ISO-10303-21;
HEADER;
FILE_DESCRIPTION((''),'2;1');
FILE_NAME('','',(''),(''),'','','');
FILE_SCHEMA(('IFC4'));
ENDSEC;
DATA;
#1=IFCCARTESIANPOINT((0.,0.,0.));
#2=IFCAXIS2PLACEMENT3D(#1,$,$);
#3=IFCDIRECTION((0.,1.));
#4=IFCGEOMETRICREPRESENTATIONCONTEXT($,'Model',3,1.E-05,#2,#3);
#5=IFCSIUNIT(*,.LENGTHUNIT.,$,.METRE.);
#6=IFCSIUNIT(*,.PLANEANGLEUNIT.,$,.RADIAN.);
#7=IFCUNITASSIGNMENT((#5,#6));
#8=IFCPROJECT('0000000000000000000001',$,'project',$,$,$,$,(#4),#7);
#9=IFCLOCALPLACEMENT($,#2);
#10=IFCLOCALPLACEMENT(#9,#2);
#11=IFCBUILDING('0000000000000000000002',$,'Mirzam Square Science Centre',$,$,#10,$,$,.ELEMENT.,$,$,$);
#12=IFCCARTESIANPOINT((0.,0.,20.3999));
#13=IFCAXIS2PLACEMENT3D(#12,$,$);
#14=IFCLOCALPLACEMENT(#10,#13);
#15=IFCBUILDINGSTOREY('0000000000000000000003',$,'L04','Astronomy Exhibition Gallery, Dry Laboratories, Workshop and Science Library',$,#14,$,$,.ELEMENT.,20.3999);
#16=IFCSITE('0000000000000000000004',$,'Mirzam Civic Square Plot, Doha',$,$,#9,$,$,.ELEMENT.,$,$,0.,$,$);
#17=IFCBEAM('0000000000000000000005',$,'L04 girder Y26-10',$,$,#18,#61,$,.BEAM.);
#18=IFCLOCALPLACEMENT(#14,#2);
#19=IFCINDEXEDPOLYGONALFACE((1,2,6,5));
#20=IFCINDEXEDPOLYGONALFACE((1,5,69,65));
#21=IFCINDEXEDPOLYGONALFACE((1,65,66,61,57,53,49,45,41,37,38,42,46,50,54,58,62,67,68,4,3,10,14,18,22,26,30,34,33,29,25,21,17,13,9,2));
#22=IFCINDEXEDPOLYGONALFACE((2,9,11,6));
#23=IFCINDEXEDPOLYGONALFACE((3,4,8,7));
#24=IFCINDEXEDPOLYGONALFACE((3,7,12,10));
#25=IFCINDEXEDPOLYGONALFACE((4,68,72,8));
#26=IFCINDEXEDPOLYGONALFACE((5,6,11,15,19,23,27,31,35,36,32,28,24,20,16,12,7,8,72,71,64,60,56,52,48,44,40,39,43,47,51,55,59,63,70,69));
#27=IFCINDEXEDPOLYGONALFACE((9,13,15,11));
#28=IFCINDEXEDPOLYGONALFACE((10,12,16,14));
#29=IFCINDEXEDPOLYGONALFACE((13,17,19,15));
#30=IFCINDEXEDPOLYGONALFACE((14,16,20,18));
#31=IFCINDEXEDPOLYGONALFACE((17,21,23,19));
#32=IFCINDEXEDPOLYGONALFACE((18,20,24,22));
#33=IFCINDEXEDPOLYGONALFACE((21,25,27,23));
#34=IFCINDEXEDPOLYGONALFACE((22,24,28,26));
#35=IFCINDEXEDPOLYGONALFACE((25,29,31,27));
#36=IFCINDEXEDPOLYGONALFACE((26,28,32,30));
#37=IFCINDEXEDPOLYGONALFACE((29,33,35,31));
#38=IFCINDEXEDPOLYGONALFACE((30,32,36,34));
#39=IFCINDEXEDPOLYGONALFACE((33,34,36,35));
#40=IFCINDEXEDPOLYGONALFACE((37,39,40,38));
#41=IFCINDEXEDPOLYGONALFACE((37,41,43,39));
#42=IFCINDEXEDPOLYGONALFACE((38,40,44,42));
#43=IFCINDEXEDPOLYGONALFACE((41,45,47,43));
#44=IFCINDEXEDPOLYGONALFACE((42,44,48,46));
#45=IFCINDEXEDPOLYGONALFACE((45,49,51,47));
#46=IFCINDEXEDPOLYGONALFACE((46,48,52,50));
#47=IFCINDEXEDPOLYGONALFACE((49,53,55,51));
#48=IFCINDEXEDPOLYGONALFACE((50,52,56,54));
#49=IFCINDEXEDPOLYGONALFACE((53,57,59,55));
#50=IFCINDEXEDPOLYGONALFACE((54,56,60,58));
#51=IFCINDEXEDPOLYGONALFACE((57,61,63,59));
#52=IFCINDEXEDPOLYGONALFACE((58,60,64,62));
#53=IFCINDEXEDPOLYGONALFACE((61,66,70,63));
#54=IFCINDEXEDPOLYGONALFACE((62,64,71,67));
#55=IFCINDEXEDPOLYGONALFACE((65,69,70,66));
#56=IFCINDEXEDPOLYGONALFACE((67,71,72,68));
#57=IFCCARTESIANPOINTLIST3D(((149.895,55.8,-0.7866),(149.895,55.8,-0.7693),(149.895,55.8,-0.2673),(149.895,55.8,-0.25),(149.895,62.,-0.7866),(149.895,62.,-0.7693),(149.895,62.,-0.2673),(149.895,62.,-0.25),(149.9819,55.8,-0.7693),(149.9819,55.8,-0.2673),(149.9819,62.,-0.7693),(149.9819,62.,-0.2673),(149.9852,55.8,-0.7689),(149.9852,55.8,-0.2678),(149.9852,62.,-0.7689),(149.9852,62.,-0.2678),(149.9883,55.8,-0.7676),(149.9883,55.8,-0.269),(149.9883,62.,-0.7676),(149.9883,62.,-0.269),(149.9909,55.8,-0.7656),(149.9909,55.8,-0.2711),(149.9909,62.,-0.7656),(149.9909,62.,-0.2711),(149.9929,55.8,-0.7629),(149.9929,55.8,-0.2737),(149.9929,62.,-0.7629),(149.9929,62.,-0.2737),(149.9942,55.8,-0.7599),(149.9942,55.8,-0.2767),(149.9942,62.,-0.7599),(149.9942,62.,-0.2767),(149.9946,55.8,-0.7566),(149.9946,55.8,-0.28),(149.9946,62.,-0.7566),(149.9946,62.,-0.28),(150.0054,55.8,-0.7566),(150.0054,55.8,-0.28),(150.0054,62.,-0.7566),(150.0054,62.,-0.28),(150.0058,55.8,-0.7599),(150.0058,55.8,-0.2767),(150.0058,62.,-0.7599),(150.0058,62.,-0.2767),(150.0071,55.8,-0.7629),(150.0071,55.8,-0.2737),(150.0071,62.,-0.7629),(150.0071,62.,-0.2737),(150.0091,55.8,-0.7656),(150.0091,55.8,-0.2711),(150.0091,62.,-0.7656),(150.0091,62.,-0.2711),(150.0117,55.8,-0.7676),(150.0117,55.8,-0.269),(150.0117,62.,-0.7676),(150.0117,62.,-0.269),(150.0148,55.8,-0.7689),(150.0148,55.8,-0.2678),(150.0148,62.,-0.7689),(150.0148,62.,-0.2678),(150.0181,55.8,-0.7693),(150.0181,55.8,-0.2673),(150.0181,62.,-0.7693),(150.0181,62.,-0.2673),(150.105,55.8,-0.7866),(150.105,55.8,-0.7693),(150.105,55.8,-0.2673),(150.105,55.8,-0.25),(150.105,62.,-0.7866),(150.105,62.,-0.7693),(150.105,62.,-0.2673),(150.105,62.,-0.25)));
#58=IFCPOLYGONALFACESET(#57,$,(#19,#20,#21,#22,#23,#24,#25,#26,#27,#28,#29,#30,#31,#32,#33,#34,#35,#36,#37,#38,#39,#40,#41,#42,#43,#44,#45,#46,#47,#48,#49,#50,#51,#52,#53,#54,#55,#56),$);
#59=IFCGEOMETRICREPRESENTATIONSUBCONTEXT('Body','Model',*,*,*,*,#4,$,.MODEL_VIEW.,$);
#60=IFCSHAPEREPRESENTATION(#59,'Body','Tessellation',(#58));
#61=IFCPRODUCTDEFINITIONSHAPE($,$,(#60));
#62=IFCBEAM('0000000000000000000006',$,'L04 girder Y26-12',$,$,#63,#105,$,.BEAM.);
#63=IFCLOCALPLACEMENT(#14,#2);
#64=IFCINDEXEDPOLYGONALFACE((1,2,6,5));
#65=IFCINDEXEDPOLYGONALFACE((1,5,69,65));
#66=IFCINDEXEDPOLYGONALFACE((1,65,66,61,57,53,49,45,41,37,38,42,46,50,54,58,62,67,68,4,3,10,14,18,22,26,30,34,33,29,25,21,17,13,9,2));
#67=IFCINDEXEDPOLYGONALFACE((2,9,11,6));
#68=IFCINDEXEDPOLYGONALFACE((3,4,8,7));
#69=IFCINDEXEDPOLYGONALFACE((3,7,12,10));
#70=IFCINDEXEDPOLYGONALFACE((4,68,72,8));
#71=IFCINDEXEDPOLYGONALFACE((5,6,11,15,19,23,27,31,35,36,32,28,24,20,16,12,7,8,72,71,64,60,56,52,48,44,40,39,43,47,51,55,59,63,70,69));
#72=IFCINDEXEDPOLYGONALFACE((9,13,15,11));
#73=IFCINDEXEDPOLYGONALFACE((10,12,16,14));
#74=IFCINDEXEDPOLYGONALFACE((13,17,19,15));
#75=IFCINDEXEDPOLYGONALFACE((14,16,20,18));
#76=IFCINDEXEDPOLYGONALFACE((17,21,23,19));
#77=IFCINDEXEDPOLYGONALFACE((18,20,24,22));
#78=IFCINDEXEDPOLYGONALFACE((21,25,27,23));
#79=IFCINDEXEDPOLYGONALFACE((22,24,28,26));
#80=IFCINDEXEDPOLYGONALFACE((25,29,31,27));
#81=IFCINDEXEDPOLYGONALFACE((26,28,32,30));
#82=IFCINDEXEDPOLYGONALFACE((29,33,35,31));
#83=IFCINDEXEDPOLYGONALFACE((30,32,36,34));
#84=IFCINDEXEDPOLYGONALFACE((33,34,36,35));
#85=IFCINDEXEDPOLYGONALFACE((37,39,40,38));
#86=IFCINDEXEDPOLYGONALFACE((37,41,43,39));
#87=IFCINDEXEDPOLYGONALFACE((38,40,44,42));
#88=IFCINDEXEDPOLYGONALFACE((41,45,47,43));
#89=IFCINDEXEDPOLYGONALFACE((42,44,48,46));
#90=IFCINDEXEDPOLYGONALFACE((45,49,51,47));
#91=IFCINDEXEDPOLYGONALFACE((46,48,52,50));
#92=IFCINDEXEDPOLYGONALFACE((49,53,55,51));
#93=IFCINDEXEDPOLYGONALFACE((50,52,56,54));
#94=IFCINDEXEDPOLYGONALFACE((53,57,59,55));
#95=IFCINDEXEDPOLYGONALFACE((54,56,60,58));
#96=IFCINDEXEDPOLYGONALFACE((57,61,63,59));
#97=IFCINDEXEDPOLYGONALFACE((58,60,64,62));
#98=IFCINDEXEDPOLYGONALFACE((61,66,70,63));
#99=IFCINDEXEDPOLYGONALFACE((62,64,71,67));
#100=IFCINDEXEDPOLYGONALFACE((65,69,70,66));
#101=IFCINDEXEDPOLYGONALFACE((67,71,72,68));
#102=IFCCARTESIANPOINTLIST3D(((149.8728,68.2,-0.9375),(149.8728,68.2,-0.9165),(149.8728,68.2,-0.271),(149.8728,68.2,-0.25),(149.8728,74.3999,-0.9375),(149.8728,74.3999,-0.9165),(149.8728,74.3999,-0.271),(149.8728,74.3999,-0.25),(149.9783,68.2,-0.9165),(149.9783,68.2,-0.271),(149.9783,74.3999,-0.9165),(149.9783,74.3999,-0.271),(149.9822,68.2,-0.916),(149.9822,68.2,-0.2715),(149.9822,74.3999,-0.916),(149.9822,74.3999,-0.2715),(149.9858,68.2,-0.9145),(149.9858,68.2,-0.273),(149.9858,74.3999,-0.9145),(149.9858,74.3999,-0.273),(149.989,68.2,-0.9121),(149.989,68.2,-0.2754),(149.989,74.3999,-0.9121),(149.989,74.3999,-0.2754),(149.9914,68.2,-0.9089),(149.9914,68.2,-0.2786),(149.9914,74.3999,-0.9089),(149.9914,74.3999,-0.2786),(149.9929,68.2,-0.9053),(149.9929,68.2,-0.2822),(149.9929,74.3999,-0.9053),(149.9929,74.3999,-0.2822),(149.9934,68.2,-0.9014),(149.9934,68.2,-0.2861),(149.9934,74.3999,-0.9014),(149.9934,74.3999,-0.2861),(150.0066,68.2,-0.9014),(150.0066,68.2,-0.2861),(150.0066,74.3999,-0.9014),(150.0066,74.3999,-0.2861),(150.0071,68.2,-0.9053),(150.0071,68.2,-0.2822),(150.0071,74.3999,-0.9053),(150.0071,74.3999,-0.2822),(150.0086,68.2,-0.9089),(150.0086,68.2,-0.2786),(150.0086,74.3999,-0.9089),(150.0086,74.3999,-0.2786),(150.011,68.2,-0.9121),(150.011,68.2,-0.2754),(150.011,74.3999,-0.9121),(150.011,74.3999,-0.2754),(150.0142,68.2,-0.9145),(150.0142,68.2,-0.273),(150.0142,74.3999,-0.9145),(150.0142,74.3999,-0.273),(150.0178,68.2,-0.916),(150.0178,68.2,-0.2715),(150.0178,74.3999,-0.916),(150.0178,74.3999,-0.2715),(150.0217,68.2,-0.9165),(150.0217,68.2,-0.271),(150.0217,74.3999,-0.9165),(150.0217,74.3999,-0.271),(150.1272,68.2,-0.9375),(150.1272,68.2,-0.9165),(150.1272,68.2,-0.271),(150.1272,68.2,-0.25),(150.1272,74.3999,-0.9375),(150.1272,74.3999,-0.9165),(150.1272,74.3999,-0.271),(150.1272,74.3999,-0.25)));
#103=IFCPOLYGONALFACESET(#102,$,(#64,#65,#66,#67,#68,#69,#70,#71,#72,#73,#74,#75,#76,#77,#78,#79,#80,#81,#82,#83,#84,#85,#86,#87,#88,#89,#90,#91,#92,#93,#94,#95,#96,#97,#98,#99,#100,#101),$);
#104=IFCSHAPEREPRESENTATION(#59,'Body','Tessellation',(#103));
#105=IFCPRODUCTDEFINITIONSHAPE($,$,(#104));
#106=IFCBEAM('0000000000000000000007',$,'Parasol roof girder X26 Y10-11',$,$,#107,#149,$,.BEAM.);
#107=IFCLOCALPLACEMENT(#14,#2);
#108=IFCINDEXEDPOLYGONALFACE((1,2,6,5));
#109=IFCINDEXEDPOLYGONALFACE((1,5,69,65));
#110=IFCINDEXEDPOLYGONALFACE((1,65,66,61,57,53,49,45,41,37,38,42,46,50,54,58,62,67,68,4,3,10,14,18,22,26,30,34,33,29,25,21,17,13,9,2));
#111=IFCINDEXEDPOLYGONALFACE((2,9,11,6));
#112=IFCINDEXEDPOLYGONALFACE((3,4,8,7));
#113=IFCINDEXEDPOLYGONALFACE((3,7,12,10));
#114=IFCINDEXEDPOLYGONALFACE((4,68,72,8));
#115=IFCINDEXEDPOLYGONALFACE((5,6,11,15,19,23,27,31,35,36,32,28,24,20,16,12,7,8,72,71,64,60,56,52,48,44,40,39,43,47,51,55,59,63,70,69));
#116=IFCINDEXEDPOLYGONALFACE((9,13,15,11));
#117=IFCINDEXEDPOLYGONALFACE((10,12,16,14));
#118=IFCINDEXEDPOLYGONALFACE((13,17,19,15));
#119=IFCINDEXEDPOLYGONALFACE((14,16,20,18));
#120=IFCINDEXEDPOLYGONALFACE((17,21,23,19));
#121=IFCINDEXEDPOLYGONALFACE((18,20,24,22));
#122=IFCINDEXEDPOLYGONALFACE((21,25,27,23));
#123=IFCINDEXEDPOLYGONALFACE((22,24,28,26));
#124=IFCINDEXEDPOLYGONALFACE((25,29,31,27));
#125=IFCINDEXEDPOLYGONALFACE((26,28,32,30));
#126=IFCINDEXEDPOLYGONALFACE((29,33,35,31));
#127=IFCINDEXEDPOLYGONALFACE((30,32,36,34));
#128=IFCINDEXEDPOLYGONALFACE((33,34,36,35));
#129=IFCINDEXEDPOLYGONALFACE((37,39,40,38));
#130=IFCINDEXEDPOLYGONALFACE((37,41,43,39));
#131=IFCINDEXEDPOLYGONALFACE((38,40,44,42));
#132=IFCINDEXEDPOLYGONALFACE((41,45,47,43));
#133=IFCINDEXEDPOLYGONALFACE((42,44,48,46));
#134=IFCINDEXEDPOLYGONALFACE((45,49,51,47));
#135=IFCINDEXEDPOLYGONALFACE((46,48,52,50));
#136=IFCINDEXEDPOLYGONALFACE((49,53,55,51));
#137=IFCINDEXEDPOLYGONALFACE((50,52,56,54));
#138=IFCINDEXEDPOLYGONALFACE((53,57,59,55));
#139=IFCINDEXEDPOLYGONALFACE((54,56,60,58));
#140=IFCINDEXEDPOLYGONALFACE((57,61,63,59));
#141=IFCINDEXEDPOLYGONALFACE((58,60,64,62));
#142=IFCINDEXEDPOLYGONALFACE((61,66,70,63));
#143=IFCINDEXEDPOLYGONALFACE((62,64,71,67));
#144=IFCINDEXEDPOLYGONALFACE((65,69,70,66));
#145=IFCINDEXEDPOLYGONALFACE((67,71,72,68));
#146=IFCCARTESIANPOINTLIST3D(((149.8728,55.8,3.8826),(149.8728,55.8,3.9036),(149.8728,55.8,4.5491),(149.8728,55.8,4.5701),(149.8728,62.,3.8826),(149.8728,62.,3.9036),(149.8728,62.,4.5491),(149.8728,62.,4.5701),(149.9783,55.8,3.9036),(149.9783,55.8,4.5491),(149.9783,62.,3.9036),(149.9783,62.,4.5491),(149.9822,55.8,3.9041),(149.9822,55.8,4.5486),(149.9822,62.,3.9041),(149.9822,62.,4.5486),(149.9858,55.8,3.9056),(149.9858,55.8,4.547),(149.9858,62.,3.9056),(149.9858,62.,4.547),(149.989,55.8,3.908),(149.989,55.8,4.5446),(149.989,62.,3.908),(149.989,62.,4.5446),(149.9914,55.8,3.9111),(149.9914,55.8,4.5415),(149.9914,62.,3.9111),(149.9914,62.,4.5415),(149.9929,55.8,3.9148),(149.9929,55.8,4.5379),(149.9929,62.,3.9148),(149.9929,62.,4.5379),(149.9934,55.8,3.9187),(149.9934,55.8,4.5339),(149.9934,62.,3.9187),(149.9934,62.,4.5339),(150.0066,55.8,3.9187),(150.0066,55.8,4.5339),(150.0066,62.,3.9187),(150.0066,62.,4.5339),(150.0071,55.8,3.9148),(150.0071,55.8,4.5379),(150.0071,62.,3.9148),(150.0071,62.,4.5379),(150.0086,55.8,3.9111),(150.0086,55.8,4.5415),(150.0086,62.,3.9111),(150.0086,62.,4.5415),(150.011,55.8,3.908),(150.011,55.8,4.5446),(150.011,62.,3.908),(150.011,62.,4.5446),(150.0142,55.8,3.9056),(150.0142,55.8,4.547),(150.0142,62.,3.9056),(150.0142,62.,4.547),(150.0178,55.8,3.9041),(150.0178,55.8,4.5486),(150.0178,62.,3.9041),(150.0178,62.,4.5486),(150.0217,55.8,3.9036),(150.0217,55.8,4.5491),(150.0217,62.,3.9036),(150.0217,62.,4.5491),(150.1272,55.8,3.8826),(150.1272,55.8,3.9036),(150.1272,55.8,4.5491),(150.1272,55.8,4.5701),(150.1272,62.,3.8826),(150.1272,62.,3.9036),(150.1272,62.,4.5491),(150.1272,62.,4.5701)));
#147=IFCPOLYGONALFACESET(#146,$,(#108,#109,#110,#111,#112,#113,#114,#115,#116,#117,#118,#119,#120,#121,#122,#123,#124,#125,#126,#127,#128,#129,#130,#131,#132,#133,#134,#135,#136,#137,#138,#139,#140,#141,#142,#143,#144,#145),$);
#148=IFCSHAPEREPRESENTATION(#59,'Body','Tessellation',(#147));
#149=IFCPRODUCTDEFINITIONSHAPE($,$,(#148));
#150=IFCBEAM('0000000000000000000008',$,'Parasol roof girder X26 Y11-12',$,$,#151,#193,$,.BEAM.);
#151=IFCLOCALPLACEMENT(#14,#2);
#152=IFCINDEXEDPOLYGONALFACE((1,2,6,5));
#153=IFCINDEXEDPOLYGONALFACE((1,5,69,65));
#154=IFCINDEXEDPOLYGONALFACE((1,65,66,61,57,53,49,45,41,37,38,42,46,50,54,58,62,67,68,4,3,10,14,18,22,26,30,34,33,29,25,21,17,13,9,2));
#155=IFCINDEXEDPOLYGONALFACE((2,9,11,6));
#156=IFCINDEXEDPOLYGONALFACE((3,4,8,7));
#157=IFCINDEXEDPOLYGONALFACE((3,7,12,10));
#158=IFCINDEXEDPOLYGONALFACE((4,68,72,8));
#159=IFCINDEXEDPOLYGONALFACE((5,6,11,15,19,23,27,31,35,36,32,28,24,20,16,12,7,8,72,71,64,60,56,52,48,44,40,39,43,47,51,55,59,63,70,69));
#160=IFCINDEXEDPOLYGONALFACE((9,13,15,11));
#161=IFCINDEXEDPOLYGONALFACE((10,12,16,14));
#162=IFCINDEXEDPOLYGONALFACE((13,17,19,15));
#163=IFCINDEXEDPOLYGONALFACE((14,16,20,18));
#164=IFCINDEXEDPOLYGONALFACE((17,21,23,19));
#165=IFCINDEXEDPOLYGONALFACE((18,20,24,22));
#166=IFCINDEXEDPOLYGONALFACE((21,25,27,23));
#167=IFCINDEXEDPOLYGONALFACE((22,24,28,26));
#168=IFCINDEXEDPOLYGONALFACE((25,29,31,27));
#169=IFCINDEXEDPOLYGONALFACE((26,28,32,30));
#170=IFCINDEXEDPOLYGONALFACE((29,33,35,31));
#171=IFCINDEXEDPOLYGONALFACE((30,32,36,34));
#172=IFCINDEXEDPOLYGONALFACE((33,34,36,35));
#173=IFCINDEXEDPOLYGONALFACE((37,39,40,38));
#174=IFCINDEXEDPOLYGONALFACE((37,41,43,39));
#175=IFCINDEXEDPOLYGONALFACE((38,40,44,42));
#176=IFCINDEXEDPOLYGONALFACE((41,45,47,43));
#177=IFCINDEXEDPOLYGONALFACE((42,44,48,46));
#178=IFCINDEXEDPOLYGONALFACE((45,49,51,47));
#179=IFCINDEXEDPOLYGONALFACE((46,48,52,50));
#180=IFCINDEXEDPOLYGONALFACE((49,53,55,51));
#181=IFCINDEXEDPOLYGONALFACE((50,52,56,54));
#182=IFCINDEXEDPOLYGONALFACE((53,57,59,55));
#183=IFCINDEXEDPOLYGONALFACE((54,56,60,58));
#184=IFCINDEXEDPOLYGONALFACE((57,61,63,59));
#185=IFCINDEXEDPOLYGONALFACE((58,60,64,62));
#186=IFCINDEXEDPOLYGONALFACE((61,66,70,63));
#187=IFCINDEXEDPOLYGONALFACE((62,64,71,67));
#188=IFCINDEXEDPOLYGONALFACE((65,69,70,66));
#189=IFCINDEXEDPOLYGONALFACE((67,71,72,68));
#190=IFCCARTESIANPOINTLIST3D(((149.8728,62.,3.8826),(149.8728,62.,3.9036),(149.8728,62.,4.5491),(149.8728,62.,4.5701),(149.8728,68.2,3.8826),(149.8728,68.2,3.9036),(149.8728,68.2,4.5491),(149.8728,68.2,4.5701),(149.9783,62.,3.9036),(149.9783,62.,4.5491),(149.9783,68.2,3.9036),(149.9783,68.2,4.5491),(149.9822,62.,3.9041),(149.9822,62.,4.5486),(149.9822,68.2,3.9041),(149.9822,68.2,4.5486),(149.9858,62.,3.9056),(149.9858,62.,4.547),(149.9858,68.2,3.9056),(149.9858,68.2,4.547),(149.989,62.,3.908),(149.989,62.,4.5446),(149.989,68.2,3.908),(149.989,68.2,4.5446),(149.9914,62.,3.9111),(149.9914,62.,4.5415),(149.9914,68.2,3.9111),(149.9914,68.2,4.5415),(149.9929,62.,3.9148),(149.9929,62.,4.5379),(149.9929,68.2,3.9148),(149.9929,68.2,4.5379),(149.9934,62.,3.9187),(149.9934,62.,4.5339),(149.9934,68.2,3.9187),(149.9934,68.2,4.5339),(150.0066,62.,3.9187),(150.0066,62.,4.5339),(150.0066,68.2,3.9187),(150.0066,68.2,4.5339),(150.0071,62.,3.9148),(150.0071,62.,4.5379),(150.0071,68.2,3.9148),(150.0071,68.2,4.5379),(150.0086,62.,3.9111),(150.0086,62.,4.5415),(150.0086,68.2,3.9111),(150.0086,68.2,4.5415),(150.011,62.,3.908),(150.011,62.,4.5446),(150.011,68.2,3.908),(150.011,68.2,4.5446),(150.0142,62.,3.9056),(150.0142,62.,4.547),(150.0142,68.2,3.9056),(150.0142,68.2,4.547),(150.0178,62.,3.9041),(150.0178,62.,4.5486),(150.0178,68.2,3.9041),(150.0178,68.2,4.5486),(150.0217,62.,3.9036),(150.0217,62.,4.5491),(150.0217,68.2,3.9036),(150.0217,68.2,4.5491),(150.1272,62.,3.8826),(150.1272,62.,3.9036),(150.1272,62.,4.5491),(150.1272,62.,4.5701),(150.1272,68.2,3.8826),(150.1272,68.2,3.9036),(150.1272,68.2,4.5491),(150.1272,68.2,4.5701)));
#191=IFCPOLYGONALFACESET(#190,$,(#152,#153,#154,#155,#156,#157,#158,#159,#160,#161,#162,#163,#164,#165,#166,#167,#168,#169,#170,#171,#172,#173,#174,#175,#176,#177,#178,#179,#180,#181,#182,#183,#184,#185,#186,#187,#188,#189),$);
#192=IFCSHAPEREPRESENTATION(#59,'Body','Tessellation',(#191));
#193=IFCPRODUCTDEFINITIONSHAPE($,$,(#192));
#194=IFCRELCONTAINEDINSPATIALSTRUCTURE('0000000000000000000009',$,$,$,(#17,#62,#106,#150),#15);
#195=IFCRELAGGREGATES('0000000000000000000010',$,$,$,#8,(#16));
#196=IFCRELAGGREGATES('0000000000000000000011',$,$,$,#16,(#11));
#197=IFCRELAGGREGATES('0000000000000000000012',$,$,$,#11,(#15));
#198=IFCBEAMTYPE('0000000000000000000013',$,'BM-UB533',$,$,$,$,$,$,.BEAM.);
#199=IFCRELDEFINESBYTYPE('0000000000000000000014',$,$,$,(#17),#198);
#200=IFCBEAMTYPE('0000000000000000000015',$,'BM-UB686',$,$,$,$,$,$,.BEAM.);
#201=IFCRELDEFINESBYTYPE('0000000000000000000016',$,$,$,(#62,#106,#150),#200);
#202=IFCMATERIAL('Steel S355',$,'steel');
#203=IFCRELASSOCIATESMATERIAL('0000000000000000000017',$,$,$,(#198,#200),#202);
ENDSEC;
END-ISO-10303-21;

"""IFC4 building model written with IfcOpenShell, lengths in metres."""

from ifc_helpers import new_model, si_unit, direction, frame, origin, origin_2d, place, context, subcontext, project, spatial, i_section, extrude, material, material_profile, profile_set, type_object, element, save


model = new_model("IFC4")

# Units and contexts
model_context = context("Model", 3, precision=1e-05, world=origin(), true_north=direction((0.0, 1.0)))
body_context = subcontext(model_context, "Body", "Model", "MODEL_VIEW")
ifc_project = project(units=[si_unit("LENGTHUNIT", "METRE"), si_unit("PLANEANGLEUNIT", "RADIAN")], contexts=[model_context])

# Site, building, storey
site_placement = place(None, origin())
site = spatial("IfcSite", under=ifc_project, at=site_placement, Name="Mirzam Civic Square Plot, Doha", CompositionType="ELEMENT", RefElevation=0.0)
building_placement = place(site_placement, origin())
building = spatial("IfcBuilding", under=site, at=building_placement, Name="Mirzam Square Science Centre", CompositionType="ELEMENT")
storey_placement = place(building_placement, frame((0.0, 0.0, 20.3999)))
storey = spatial("IfcBuildingStorey", under=building, at=storey_placement, Name="L04", Description="Astronomy Exhibition Gallery, Dry Laboratories, Workshop and Science Library", CompositionType="ELEMENT", Elevation=20.3999)

# Shared definitions
ifc_material_1 = material(Name="Steel S355", Category="steel")

# Beams
ifc_material_profile_1 = material_profile(ifc_material_1, i_section(OverallWidth=0.21, OverallDepth=0.5366, WebThickness=0.0107, FlangeThickness=0.0173, FilletRadius=0.0127, at=origin_2d()), Name="533x210x101UB")
ifc_profile_set_1 = profile_set([ifc_material_profile_1], Name="Steel S355")
beam_type_1 = type_object("IfcBeamType", Name="BM-UB533", PredefinedType="BEAM", material=ifc_profile_set_1)
beam_1_placement = place(storey_placement, frame((150.0, 55.8, -0.5183), z_axis=(0.0, 1.0, 0.0), x_axis=(-1.0, 0.0, 0.0)))
element("IfcBeam", 1, at=beam_1_placement, inside=storey, type_object=beam_type_1, Name="L04 girder Y26-10", PredefinedType="BEAM", context=body_context, shape_type="SweptSolid", body=[
    extrude(i_section(OverallWidth=0.21, OverallDepth=0.5366, WebThickness=0.0107, FlangeThickness=0.0173, FilletRadius=0.0127, at=origin_2d()), origin(), (0.0, 0.0, 1.0), 6.2),
])
ifc_material_profile_2 = material_profile(ifc_material_1, i_section(OverallWidth=0.2544, OverallDepth=0.6875, WebThickness=0.0132, FlangeThickness=0.021, FilletRadius=0.0151, at=origin_2d()), Name="686x254x152UB")
ifc_profile_set_2 = profile_set([ifc_material_profile_2], Name="Steel S355")
beam_type_2 = type_object("IfcBeamType", Name="BM-UB686", PredefinedType="BEAM", material=ifc_profile_set_2)
for number, where, z_axis, x_axis, name in (
    (2, (150.0, 68.2, -0.5938), (0.0, 1.0, 0.0), (-1.0, 0.0, 0.0), "L04 girder Y26-12"),
    (3, (150.0, 55.8, 4.2263), (0.0, 1.0, 0.0), (-1.0, 0.0, 0.0), "Parasol roof girder X26 Y10-11"),
    (4, (150.0, 62.0, 4.2263), (0.0, 1.0, 0.0), (-1.0, 0.0, 0.0), "Parasol roof girder X26 Y11-12"),
):
    element("IfcBeam", number, at=place(storey_placement, frame(where, z_axis=z_axis, x_axis=x_axis)), inside=storey, type_object=beam_type_2, Name=name, PredefinedType="BEAM", context=body_context, shape_type="SweptSolid", body=[
        extrude(i_section(OverallWidth=0.2544, OverallDepth=0.6875, WebThickness=0.0132, FlangeThickness=0.021, FilletRadius=0.0151, at=origin_2d()), origin(), (0.0, 0.0, 1.0), 6.2),
    ])

save(model, "model.ifc")
